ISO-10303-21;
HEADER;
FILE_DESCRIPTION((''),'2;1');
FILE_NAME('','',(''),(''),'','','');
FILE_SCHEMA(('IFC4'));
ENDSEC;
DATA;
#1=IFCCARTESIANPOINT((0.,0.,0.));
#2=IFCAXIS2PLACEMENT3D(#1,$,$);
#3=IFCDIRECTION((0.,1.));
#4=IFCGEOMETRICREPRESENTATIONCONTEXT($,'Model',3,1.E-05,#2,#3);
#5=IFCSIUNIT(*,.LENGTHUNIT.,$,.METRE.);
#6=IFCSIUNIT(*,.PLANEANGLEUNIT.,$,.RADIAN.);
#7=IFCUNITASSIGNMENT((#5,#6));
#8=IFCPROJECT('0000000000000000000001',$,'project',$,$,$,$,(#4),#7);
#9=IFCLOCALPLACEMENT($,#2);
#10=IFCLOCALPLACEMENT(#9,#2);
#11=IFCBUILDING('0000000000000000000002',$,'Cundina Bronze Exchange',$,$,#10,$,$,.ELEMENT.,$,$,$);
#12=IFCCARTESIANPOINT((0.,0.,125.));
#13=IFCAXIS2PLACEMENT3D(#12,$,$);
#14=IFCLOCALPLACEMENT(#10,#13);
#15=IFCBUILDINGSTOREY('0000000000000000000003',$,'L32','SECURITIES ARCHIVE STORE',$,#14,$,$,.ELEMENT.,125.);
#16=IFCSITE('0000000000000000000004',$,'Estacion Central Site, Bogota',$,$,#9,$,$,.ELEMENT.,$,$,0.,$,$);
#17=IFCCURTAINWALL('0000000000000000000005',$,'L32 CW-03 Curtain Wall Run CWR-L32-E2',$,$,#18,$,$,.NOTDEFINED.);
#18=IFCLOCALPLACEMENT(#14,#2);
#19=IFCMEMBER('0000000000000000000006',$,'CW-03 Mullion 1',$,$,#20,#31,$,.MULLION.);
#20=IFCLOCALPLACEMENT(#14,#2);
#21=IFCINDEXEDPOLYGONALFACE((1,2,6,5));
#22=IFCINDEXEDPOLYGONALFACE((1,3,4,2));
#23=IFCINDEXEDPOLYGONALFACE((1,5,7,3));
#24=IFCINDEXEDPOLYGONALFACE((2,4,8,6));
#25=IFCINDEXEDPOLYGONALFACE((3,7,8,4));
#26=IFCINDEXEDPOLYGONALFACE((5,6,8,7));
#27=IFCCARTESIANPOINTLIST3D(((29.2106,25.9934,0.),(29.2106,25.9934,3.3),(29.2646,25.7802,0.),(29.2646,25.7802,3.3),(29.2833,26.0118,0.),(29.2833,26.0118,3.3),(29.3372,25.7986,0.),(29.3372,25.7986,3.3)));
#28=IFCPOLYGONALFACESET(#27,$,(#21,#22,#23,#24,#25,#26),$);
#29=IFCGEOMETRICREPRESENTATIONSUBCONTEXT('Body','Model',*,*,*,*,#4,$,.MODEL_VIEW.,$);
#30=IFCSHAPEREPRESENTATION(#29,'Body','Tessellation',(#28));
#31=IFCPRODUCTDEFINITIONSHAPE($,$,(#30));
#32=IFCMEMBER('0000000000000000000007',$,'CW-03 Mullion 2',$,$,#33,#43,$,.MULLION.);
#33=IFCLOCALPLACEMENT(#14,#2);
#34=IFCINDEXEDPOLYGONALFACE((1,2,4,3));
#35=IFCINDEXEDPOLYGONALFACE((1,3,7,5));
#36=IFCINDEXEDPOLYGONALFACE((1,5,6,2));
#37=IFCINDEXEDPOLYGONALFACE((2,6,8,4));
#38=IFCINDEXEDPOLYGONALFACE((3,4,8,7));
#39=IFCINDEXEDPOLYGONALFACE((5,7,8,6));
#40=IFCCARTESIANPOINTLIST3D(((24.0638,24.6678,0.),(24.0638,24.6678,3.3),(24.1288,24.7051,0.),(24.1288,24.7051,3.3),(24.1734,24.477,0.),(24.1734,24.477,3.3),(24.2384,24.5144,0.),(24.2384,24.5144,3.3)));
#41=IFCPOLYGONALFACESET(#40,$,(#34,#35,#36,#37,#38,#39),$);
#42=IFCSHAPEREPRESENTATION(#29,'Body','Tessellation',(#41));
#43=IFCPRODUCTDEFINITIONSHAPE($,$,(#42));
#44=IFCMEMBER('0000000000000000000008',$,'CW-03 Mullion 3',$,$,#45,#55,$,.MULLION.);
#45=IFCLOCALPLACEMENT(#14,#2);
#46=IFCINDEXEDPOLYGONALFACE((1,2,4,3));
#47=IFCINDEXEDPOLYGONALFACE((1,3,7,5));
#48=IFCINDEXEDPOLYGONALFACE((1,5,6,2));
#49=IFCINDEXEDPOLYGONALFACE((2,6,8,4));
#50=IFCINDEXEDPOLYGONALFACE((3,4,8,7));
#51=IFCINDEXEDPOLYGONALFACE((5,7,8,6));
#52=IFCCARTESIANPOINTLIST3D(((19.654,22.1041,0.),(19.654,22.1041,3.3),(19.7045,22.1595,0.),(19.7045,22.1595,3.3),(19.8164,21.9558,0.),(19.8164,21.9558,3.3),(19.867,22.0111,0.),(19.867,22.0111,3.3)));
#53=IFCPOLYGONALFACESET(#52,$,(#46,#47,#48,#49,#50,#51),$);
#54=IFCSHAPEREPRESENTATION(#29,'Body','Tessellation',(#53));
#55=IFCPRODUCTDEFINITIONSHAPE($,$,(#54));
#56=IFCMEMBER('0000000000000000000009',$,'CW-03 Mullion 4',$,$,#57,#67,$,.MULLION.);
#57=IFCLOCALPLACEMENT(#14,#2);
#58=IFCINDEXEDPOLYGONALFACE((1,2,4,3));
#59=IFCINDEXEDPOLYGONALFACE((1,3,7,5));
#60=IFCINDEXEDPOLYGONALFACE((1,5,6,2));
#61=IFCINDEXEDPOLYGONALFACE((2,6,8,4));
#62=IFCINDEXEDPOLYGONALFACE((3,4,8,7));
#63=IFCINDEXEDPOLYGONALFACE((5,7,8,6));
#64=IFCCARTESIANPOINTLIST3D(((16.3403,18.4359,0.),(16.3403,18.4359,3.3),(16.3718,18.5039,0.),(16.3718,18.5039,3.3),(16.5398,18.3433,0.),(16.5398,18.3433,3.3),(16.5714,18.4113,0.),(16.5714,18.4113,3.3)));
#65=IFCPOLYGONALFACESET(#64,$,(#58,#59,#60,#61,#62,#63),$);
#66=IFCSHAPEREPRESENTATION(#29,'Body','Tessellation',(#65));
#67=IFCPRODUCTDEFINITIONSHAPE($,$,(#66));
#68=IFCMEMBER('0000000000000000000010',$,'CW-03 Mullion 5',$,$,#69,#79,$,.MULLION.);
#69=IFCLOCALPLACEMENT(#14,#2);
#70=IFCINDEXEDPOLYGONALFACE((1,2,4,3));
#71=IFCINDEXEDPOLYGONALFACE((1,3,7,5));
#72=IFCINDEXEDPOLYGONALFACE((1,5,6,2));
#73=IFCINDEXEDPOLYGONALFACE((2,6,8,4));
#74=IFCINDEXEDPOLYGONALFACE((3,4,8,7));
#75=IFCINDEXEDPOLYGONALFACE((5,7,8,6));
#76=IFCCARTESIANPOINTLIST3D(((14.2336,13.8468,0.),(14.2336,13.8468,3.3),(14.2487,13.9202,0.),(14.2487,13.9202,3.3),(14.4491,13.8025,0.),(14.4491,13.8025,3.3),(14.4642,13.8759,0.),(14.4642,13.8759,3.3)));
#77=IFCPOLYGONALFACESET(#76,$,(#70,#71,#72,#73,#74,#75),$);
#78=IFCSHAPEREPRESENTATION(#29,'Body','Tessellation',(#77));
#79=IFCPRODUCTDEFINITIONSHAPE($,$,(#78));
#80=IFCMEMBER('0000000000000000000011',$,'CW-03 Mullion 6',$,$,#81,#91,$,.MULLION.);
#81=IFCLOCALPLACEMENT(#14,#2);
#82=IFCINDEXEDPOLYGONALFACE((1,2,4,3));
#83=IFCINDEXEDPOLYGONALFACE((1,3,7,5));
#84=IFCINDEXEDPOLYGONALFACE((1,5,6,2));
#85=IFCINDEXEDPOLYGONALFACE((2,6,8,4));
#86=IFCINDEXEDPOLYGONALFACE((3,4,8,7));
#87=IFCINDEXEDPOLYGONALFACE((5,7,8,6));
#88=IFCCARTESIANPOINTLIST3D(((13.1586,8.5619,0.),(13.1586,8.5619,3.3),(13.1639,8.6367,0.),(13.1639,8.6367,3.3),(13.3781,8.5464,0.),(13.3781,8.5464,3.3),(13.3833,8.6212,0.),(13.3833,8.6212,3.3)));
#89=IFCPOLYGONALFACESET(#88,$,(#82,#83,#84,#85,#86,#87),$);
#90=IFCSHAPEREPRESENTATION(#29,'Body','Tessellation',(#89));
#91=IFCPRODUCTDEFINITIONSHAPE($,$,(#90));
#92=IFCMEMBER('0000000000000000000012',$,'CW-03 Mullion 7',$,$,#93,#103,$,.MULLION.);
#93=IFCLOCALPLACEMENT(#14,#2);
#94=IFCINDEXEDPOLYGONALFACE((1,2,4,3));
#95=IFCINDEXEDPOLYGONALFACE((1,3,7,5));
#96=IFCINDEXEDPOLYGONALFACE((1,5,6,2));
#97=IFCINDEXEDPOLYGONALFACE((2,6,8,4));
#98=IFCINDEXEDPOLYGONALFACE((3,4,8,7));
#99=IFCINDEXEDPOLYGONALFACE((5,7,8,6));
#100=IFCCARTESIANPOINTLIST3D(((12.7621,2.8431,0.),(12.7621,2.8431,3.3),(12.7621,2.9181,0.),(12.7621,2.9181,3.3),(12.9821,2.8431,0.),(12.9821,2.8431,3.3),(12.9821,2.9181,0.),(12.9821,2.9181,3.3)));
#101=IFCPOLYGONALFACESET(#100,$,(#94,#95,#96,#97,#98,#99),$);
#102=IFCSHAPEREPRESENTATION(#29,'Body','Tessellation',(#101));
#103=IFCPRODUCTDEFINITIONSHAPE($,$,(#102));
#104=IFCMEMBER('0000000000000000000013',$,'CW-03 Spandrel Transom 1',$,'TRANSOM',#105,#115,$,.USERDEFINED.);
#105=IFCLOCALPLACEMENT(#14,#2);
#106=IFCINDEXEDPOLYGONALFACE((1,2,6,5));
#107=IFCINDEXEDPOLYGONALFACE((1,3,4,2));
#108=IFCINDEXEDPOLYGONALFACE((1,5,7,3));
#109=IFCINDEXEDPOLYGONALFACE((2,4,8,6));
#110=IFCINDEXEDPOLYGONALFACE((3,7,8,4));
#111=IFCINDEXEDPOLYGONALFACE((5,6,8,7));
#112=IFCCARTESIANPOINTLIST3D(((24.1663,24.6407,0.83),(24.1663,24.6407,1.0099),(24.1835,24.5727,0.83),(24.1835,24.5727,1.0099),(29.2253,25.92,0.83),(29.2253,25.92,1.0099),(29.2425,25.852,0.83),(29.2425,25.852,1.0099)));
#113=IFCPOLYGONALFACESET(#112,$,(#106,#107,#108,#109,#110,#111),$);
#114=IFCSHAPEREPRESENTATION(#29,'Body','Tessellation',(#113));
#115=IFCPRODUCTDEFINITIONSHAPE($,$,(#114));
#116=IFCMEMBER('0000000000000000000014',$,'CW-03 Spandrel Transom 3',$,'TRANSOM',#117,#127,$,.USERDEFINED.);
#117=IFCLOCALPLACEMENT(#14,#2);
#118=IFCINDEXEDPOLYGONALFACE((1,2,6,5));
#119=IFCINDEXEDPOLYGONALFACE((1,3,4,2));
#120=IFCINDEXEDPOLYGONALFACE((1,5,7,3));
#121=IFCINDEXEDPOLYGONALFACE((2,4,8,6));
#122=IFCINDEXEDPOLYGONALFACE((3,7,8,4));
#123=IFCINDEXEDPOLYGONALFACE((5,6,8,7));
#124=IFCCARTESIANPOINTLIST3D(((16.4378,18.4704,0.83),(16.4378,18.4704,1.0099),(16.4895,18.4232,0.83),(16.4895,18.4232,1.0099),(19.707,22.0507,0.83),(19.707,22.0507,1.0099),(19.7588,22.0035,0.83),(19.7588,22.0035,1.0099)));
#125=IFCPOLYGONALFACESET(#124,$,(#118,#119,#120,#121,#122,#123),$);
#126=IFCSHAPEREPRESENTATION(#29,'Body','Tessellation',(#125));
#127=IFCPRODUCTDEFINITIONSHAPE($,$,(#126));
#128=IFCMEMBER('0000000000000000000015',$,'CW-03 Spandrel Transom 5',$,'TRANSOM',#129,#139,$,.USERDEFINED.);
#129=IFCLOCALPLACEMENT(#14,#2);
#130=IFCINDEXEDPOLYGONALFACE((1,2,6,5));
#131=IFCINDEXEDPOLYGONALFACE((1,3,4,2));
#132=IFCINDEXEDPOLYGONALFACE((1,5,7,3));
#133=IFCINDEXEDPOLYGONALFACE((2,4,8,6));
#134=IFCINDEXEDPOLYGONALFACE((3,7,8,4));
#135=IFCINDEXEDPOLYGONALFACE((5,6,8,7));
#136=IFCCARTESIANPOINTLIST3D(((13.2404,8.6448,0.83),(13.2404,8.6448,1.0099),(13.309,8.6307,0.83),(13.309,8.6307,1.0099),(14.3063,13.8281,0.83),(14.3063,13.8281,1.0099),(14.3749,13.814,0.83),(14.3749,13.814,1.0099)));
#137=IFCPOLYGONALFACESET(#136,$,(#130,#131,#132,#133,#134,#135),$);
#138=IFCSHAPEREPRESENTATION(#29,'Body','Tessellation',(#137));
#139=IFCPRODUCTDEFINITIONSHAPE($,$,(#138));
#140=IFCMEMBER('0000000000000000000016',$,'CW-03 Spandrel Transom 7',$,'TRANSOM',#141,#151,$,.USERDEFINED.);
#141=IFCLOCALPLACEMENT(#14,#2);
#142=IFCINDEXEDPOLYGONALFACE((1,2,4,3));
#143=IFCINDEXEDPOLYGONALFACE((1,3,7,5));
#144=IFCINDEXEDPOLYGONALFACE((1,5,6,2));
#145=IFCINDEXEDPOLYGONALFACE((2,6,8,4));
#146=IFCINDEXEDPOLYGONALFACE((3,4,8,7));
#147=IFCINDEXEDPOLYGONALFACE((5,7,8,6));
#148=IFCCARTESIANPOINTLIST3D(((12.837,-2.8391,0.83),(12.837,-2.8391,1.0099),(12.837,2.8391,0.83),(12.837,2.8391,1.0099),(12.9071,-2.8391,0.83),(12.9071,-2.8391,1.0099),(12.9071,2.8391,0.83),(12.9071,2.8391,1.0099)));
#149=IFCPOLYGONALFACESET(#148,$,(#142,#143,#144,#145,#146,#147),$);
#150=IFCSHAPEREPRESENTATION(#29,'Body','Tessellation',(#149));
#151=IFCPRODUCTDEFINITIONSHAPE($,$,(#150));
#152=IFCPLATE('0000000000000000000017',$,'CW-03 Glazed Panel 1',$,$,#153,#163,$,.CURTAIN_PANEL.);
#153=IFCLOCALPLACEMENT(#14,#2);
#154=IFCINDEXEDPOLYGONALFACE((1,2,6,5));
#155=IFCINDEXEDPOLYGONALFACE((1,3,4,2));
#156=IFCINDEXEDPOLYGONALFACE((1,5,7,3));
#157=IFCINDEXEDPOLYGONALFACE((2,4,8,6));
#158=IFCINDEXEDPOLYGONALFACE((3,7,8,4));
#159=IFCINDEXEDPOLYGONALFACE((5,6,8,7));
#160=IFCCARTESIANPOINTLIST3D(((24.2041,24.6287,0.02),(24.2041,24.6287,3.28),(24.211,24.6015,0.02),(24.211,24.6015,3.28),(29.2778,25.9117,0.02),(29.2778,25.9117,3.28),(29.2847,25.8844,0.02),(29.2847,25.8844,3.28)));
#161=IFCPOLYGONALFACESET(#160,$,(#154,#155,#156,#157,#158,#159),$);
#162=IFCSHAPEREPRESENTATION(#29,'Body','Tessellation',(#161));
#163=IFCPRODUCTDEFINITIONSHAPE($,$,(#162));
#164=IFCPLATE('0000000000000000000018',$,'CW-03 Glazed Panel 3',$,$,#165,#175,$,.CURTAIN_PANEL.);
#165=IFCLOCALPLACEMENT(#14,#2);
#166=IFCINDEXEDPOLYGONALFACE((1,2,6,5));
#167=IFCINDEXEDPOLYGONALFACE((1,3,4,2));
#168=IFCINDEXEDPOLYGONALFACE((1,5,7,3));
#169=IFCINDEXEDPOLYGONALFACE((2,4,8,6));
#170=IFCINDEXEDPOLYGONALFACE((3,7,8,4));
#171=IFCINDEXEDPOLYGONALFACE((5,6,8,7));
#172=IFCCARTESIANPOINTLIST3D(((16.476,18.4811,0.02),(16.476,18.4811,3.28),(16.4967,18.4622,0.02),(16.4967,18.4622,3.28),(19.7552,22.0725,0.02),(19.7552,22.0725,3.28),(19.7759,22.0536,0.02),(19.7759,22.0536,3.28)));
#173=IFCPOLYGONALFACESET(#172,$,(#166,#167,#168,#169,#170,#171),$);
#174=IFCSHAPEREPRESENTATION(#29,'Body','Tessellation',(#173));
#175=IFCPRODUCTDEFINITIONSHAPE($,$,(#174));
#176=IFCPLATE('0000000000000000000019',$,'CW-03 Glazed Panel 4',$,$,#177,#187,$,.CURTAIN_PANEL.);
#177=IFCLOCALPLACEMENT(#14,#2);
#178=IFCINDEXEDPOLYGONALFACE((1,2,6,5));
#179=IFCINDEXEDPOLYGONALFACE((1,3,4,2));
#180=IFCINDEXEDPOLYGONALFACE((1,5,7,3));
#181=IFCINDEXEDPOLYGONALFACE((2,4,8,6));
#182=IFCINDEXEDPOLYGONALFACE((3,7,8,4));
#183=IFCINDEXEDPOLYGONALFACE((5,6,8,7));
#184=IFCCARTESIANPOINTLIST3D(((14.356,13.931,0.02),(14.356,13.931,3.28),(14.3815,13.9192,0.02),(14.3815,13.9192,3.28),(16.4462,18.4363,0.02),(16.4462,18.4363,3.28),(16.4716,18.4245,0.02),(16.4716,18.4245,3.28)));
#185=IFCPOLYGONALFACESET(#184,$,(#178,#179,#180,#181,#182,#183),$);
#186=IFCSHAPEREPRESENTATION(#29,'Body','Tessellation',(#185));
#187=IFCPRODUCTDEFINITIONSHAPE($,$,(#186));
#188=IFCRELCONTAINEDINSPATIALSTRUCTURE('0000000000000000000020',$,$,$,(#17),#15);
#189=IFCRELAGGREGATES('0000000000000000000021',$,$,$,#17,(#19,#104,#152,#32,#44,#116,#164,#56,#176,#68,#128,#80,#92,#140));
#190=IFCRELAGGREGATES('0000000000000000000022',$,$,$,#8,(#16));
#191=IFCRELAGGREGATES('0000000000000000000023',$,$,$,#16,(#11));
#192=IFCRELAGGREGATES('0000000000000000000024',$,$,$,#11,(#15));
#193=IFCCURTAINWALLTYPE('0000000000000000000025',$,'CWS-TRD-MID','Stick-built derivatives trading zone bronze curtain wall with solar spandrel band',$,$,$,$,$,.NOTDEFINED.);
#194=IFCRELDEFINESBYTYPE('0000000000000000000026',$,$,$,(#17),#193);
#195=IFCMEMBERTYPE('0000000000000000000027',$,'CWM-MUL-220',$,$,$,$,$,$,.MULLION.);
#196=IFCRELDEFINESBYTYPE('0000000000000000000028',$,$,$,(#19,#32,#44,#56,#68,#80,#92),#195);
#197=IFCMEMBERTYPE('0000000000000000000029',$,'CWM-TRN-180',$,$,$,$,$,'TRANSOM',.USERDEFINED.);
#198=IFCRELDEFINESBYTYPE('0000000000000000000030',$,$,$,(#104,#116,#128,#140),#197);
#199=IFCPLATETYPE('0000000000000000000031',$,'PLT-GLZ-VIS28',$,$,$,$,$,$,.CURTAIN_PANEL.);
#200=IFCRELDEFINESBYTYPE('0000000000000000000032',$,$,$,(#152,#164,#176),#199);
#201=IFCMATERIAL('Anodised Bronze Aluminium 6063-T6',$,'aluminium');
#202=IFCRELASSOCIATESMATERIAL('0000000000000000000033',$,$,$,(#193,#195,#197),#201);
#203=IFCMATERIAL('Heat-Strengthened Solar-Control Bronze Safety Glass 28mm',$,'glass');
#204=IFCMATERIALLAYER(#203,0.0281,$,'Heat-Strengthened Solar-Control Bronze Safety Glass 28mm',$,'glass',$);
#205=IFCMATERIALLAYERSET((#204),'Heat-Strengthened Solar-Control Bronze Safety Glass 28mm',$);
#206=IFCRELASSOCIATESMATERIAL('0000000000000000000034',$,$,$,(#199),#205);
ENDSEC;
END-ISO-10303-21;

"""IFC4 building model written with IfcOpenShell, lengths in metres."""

from ifc_helpers import new_model, si_unit, direction, frame, origin, origin_2d, place, context, subcontext, project, spatial, rectangle, extrude, material, layer, layer_set, material_profile, profile_set, type_object, element, aggregate, save


model = new_model("IFC4")

# Units and contexts
model_context = context("Model", 3, precision=1e-05, world=origin(), true_north=direction((0.0, 1.0)))
body_context = subcontext(model_context, "Body", "Model", "MODEL_VIEW")
ifc_project = project(units=[si_unit("LENGTHUNIT", "METRE"), si_unit("PLANEANGLEUNIT", "RADIAN")], contexts=[model_context])

# Site, building, storey
site_placement = place(None, origin())
site = spatial("IfcSite", under=ifc_project, at=site_placement, Name="Estacion Central Site, Bogota", CompositionType="ELEMENT", RefElevation=0.0)
building_placement = place(site_placement, origin())
building = spatial("IfcBuilding", under=site, at=building_placement, Name="Cundina Bronze Exchange", CompositionType="ELEMENT")
storey_placement = place(building_placement, frame((0.0, 0.0, 125.0)))
storey = spatial("IfcBuildingStorey", under=building, at=storey_placement, Name="L32", Description="SECURITIES ARCHIVE STORE", CompositionType="ELEMENT", Elevation=125.0)

# Shared definitions
ifc_material_1 = material(Name="Anodised Bronze Aluminium 6063-T6", Category="aluminium")
curtain_wall_type = type_object("IfcCurtainWallType", Name="CWS-TRD-MID", Description="Stick-built derivatives trading zone bronze curtain wall with solar spandrel band", PredefinedType="NOTDEFINED", material=ifc_material_1)
ifc_material_profile_1 = material_profile(ifc_material_1, rectangle(XDim=0.075, YDim=0.22, at=origin_2d()), Name="AL75X220", Category="aluminium")
ifc_profile_set_1 = profile_set([ifc_material_profile_1], Name="Anodised Bronze Aluminium 6063-T6")
member_type_1 = type_object("IfcMemberType", Name="CWM-MUL-220", PredefinedType="MULLION", material=ifc_profile_set_1)

# Curtain wall, members, plates
curtain_wall_1_placement = place(storey_placement, origin())
curtain_wall_1 = element("IfcCurtainWall", 1, at=curtain_wall_1_placement, inside=storey, type_object=curtain_wall_type, Name="L32 CW-03 Curtain Wall Run CWR-L32-E2", PredefinedType="NOTDEFINED")
member_1_placement = place(storey_placement, frame((29.2739, 25.896, 0.0), z_axis=(0.0, 0.0, 1.0), x_axis=(-0.969488, -0.245138, 0.0)))
member_1 = element("IfcMember", 2, at=member_1_placement, type_object=member_type_1, Name="CW-03 Mullion 1", PredefinedType="MULLION", context=body_context, shape_type="SweptSolid", body=[
    extrude(rectangle(XDim=0.075, YDim=0.22, at=origin_2d()), origin(), (0.0, 0.0, 1.0), 3.3),
])
member_2_placement = place(storey_placement, frame((24.1511, 24.5911, 0.0), z_axis=(0.0, 0.0, 1.0), x_axis=(-0.867071, -0.498185, 0.0)))
member_2 = element("IfcMember", 3, at=member_2_placement, type_object=member_type_1, Name="CW-03 Mullion 2", PredefinedType="MULLION", context=body_context, shape_type="SweptSolid", body=[
    extrude(rectangle(XDim=0.075, YDim=0.22, at=origin_2d()), origin(), (0.0, 0.0, 1.0), 3.3),
])
member_3_placement = place(storey_placement, frame((19.7605, 22.0576, 0.0), z_axis=(0.0, 0.0, 1.0), x_axis=(-0.674302, -0.738455, 0.0)))
member_3 = element("IfcMember", 4, at=member_3_placement, type_object=member_type_1, Name="CW-03 Mullion 3", PredefinedType="MULLION", context=body_context, shape_type="SweptSolid", body=[
    extrude(rectangle(XDim=0.075, YDim=0.22, at=origin_2d()), origin(), (0.0, 0.0, 1.0), 3.3),
])
member_4_placement = place(storey_placement, frame((16.4558, 18.4236, 0.0), z_axis=(0.0, 0.0, 1.0), x_axis=(-0.420877, -0.907117, 0.0)))
member_4 = element("IfcMember", 5, at=member_4_placement, type_object=member_type_1, Name="CW-03 Mullion 4", PredefinedType="MULLION", context=body_context, shape_type="SweptSolid", body=[
    extrude(rectangle(XDim=0.075, YDim=0.22, at=origin_2d()), origin(), (0.0, 0.0, 1.0), 3.3),
])
member_5_placement = place(storey_placement, frame((14.3489, 13.8613, 0.0), z_axis=(0.0, 0.0, 1.0), x_axis=(-0.20142, -0.979505, 0.0)))
member_5 = element("IfcMember", 6, at=member_5_placement, type_object=member_type_1, Name="CW-03 Mullion 5", PredefinedType="MULLION", context=body_context, shape_type="SweptSolid", body=[
    extrude(rectangle(XDim=0.075, YDim=0.22, at=origin_2d()), origin(), (0.0, 0.0, 1.0), 3.3),
])
member_6_placement = place(storey_placement, frame((13.271, 8.5916, 0.0), z_axis=(0.0, 0.0, 1.0), x_axis=(-0.070279, -0.997527, 0.0)))
member_6 = element("IfcMember", 7, at=member_6_placement, type_object=member_type_1, Name="CW-03 Mullion 6", PredefinedType="MULLION", context=body_context, shape_type="SweptSolid", body=[
    extrude(rectangle(XDim=0.075, YDim=0.22, at=origin_2d()), origin(), (0.0, 0.0, 1.0), 3.3),
])
member_7_placement = place(storey_placement, frame((12.8721, 2.8806, 0.0), z_axis=(0.0, 0.0, 1.0), x_axis=(0.0, -1.0, 0.0)))
member_7 = element("IfcMember", 8, at=member_7_placement, type_object=member_type_1, Name="CW-03 Mullion 7", PredefinedType="MULLION", context=body_context, shape_type="SweptSolid", body=[
    extrude(rectangle(XDim=0.075, YDim=0.22, at=origin_2d()), origin(), (0.0, 0.0, 1.0), 3.3),
])
ifc_material_profile_2 = material_profile(ifc_material_1, rectangle(XDim=0.0701, YDim=0.1799, at=origin_2d()), Name="AL70X180", Category="aluminium")
ifc_profile_set_2 = profile_set([ifc_material_profile_2], Name="Anodised Bronze Aluminium 6063-T6")
member_type_2 = type_object("IfcMemberType", Name="CWM-TRN-180", ElementType="TRANSOM", PredefinedType="USERDEFINED", material=ifc_profile_set_2)
member_8_placement = place(storey_placement, frame((29.2339, 25.886, 0.9199), z_axis=(-0.969484, -0.245155, 0.0), x_axis=(0.245155, -0.969484, 0.0)))
member_8 = element("IfcMember", 9, at=member_8_placement, type_object=member_type_2, Name="CW-03 Spandrel Transom 1", ObjectType="TRANSOM", PredefinedType="USERDEFINED", context=body_context, shape_type="SweptSolid", body=[
    extrude(rectangle(XDim=0.0701, YDim=0.1799, at=origin_2d()), origin(), (0.0, 0.0, 1.0), 5.2183),
])
member_9_placement = place(storey_placement, frame((19.7329, 22.0271, 0.9199), z_axis=(-0.674303, -0.738455, 0.0), x_axis=(0.738455, -0.674303, 0.0)))
member_9 = element("IfcMember", 10, at=member_9_placement, type_object=member_type_2, Name="CW-03 Spandrel Transom 3", ObjectType="TRANSOM", PredefinedType="USERDEFINED", context=body_context, shape_type="SweptSolid", body=[
    extrude(rectangle(XDim=0.0701, YDim=0.1799, at=origin_2d()), origin(), (0.0, 0.0, 1.0), 4.8484),
])
member_10_placement = place(storey_placement, frame((14.3406, 13.821, 0.9199), z_axis=(-0.201428, -0.979503, 0.0), x_axis=(0.979503, -0.201428, 0.0)))
member_10 = element("IfcMember", 11, at=member_10_placement, type_object=member_type_2, Name="CW-03 Spandrel Transom 5", ObjectType="TRANSOM", PredefinedType="USERDEFINED", context=body_context, shape_type="SweptSolid", body=[
    extrude(rectangle(XDim=0.0701, YDim=0.1799, at=origin_2d()), origin(), (0.0, 0.0, 1.0), 5.2917),
])
member_11_placement = place(storey_placement, frame((12.8721, 2.8391, 0.9199), z_axis=(0.0, -1.0, 0.0), x_axis=(1.0, 0.0, 0.0)))
member_11 = element("IfcMember", 12, at=member_11_placement, type_object=member_type_2, Name="CW-03 Spandrel Transom 7", ObjectType="TRANSOM", PredefinedType="USERDEFINED", context=body_context, shape_type="SweptSolid", body=[
    extrude(rectangle(XDim=0.0701, YDim=0.1799, at=origin_2d()), origin(), (0.0, 0.0, 1.0), 5.6782),
])
ifc_material_2 = material(Name="Heat-Strengthened Solar-Control Bronze Safety Glass 28mm", Category="glass")
ifc_layer_1 = layer(ifc_material_2, 0.0281, Name="Heat-Strengthened Solar-Control Bronze Safety Glass 28mm", Category="glass")
ifc_layer_set_1 = layer_set([ifc_layer_1], Name="Heat-Strengthened Solar-Control Bronze Safety Glass 28mm")
plate_type_1 = type_object("IfcPlateType", Name="PLT-GLZ-VIS28", PredefinedType="CURTAIN_PANEL", material=ifc_layer_set_1)
plate_1_placement = place(storey_placement, frame((26.7444, 25.2566, 0.02), z_axis=(0.0, 0.0, 1.0), x_axis=(-0.969488, -0.245138, 0.0)))
plate_1 = element("IfcPlate", 13, at=plate_1_placement, type_object=plate_type_1, Name="CW-03 Glazed Panel 1", PredefinedType="CURTAIN_PANEL", context=body_context, shape_type="SweptSolid", body=[
    extrude(rectangle(XDim=5.2334, YDim=0.0281, at=origin_2d()), origin(), (0.0, 0.0, 1.0), 3.26),
])
plate_2_placement = place(storey_placement, frame((18.126, 20.2673, 0.02), z_axis=(0.0, 0.0, 1.0), x_axis=(-0.674277, -0.738479, 0.0)))
plate_2 = element("IfcPlate", 14, at=plate_2_placement, type_object=plate_type_1, Name="CW-03 Glazed Panel 3", PredefinedType="CURTAIN_PANEL", context=body_context, shape_type="SweptSolid", body=[
    extrude(rectangle(XDim=4.8633, YDim=0.0281, at=origin_2d()), origin(), (0.0, 0.0, 1.0), 3.26),
])
plate_3_placement = place(storey_placement, frame((15.4138, 16.1777, 0.02), z_axis=(0.0, 0.0, 1.0), x_axis=(-0.420846, -0.907132, 0.0)))
plate_3 = element("IfcPlate", 15, at=plate_3_placement, type_object=plate_type_1, Name="CW-03 Glazed Panel 4", PredefinedType="CURTAIN_PANEL", context=body_context, shape_type="SweptSolid", body=[
    extrude(rectangle(XDim=4.9666, YDim=0.0281, at=origin_2d()), origin(), (0.0, 0.0, 1.0), 3.26),
])
aggregate(curtain_wall_1, [member_1, member_8, plate_1, member_2, member_3, member_9, plate_2, member_4, plate_3, member_5, member_10, member_6, member_7, member_11])

save(model, "model.ifc")
